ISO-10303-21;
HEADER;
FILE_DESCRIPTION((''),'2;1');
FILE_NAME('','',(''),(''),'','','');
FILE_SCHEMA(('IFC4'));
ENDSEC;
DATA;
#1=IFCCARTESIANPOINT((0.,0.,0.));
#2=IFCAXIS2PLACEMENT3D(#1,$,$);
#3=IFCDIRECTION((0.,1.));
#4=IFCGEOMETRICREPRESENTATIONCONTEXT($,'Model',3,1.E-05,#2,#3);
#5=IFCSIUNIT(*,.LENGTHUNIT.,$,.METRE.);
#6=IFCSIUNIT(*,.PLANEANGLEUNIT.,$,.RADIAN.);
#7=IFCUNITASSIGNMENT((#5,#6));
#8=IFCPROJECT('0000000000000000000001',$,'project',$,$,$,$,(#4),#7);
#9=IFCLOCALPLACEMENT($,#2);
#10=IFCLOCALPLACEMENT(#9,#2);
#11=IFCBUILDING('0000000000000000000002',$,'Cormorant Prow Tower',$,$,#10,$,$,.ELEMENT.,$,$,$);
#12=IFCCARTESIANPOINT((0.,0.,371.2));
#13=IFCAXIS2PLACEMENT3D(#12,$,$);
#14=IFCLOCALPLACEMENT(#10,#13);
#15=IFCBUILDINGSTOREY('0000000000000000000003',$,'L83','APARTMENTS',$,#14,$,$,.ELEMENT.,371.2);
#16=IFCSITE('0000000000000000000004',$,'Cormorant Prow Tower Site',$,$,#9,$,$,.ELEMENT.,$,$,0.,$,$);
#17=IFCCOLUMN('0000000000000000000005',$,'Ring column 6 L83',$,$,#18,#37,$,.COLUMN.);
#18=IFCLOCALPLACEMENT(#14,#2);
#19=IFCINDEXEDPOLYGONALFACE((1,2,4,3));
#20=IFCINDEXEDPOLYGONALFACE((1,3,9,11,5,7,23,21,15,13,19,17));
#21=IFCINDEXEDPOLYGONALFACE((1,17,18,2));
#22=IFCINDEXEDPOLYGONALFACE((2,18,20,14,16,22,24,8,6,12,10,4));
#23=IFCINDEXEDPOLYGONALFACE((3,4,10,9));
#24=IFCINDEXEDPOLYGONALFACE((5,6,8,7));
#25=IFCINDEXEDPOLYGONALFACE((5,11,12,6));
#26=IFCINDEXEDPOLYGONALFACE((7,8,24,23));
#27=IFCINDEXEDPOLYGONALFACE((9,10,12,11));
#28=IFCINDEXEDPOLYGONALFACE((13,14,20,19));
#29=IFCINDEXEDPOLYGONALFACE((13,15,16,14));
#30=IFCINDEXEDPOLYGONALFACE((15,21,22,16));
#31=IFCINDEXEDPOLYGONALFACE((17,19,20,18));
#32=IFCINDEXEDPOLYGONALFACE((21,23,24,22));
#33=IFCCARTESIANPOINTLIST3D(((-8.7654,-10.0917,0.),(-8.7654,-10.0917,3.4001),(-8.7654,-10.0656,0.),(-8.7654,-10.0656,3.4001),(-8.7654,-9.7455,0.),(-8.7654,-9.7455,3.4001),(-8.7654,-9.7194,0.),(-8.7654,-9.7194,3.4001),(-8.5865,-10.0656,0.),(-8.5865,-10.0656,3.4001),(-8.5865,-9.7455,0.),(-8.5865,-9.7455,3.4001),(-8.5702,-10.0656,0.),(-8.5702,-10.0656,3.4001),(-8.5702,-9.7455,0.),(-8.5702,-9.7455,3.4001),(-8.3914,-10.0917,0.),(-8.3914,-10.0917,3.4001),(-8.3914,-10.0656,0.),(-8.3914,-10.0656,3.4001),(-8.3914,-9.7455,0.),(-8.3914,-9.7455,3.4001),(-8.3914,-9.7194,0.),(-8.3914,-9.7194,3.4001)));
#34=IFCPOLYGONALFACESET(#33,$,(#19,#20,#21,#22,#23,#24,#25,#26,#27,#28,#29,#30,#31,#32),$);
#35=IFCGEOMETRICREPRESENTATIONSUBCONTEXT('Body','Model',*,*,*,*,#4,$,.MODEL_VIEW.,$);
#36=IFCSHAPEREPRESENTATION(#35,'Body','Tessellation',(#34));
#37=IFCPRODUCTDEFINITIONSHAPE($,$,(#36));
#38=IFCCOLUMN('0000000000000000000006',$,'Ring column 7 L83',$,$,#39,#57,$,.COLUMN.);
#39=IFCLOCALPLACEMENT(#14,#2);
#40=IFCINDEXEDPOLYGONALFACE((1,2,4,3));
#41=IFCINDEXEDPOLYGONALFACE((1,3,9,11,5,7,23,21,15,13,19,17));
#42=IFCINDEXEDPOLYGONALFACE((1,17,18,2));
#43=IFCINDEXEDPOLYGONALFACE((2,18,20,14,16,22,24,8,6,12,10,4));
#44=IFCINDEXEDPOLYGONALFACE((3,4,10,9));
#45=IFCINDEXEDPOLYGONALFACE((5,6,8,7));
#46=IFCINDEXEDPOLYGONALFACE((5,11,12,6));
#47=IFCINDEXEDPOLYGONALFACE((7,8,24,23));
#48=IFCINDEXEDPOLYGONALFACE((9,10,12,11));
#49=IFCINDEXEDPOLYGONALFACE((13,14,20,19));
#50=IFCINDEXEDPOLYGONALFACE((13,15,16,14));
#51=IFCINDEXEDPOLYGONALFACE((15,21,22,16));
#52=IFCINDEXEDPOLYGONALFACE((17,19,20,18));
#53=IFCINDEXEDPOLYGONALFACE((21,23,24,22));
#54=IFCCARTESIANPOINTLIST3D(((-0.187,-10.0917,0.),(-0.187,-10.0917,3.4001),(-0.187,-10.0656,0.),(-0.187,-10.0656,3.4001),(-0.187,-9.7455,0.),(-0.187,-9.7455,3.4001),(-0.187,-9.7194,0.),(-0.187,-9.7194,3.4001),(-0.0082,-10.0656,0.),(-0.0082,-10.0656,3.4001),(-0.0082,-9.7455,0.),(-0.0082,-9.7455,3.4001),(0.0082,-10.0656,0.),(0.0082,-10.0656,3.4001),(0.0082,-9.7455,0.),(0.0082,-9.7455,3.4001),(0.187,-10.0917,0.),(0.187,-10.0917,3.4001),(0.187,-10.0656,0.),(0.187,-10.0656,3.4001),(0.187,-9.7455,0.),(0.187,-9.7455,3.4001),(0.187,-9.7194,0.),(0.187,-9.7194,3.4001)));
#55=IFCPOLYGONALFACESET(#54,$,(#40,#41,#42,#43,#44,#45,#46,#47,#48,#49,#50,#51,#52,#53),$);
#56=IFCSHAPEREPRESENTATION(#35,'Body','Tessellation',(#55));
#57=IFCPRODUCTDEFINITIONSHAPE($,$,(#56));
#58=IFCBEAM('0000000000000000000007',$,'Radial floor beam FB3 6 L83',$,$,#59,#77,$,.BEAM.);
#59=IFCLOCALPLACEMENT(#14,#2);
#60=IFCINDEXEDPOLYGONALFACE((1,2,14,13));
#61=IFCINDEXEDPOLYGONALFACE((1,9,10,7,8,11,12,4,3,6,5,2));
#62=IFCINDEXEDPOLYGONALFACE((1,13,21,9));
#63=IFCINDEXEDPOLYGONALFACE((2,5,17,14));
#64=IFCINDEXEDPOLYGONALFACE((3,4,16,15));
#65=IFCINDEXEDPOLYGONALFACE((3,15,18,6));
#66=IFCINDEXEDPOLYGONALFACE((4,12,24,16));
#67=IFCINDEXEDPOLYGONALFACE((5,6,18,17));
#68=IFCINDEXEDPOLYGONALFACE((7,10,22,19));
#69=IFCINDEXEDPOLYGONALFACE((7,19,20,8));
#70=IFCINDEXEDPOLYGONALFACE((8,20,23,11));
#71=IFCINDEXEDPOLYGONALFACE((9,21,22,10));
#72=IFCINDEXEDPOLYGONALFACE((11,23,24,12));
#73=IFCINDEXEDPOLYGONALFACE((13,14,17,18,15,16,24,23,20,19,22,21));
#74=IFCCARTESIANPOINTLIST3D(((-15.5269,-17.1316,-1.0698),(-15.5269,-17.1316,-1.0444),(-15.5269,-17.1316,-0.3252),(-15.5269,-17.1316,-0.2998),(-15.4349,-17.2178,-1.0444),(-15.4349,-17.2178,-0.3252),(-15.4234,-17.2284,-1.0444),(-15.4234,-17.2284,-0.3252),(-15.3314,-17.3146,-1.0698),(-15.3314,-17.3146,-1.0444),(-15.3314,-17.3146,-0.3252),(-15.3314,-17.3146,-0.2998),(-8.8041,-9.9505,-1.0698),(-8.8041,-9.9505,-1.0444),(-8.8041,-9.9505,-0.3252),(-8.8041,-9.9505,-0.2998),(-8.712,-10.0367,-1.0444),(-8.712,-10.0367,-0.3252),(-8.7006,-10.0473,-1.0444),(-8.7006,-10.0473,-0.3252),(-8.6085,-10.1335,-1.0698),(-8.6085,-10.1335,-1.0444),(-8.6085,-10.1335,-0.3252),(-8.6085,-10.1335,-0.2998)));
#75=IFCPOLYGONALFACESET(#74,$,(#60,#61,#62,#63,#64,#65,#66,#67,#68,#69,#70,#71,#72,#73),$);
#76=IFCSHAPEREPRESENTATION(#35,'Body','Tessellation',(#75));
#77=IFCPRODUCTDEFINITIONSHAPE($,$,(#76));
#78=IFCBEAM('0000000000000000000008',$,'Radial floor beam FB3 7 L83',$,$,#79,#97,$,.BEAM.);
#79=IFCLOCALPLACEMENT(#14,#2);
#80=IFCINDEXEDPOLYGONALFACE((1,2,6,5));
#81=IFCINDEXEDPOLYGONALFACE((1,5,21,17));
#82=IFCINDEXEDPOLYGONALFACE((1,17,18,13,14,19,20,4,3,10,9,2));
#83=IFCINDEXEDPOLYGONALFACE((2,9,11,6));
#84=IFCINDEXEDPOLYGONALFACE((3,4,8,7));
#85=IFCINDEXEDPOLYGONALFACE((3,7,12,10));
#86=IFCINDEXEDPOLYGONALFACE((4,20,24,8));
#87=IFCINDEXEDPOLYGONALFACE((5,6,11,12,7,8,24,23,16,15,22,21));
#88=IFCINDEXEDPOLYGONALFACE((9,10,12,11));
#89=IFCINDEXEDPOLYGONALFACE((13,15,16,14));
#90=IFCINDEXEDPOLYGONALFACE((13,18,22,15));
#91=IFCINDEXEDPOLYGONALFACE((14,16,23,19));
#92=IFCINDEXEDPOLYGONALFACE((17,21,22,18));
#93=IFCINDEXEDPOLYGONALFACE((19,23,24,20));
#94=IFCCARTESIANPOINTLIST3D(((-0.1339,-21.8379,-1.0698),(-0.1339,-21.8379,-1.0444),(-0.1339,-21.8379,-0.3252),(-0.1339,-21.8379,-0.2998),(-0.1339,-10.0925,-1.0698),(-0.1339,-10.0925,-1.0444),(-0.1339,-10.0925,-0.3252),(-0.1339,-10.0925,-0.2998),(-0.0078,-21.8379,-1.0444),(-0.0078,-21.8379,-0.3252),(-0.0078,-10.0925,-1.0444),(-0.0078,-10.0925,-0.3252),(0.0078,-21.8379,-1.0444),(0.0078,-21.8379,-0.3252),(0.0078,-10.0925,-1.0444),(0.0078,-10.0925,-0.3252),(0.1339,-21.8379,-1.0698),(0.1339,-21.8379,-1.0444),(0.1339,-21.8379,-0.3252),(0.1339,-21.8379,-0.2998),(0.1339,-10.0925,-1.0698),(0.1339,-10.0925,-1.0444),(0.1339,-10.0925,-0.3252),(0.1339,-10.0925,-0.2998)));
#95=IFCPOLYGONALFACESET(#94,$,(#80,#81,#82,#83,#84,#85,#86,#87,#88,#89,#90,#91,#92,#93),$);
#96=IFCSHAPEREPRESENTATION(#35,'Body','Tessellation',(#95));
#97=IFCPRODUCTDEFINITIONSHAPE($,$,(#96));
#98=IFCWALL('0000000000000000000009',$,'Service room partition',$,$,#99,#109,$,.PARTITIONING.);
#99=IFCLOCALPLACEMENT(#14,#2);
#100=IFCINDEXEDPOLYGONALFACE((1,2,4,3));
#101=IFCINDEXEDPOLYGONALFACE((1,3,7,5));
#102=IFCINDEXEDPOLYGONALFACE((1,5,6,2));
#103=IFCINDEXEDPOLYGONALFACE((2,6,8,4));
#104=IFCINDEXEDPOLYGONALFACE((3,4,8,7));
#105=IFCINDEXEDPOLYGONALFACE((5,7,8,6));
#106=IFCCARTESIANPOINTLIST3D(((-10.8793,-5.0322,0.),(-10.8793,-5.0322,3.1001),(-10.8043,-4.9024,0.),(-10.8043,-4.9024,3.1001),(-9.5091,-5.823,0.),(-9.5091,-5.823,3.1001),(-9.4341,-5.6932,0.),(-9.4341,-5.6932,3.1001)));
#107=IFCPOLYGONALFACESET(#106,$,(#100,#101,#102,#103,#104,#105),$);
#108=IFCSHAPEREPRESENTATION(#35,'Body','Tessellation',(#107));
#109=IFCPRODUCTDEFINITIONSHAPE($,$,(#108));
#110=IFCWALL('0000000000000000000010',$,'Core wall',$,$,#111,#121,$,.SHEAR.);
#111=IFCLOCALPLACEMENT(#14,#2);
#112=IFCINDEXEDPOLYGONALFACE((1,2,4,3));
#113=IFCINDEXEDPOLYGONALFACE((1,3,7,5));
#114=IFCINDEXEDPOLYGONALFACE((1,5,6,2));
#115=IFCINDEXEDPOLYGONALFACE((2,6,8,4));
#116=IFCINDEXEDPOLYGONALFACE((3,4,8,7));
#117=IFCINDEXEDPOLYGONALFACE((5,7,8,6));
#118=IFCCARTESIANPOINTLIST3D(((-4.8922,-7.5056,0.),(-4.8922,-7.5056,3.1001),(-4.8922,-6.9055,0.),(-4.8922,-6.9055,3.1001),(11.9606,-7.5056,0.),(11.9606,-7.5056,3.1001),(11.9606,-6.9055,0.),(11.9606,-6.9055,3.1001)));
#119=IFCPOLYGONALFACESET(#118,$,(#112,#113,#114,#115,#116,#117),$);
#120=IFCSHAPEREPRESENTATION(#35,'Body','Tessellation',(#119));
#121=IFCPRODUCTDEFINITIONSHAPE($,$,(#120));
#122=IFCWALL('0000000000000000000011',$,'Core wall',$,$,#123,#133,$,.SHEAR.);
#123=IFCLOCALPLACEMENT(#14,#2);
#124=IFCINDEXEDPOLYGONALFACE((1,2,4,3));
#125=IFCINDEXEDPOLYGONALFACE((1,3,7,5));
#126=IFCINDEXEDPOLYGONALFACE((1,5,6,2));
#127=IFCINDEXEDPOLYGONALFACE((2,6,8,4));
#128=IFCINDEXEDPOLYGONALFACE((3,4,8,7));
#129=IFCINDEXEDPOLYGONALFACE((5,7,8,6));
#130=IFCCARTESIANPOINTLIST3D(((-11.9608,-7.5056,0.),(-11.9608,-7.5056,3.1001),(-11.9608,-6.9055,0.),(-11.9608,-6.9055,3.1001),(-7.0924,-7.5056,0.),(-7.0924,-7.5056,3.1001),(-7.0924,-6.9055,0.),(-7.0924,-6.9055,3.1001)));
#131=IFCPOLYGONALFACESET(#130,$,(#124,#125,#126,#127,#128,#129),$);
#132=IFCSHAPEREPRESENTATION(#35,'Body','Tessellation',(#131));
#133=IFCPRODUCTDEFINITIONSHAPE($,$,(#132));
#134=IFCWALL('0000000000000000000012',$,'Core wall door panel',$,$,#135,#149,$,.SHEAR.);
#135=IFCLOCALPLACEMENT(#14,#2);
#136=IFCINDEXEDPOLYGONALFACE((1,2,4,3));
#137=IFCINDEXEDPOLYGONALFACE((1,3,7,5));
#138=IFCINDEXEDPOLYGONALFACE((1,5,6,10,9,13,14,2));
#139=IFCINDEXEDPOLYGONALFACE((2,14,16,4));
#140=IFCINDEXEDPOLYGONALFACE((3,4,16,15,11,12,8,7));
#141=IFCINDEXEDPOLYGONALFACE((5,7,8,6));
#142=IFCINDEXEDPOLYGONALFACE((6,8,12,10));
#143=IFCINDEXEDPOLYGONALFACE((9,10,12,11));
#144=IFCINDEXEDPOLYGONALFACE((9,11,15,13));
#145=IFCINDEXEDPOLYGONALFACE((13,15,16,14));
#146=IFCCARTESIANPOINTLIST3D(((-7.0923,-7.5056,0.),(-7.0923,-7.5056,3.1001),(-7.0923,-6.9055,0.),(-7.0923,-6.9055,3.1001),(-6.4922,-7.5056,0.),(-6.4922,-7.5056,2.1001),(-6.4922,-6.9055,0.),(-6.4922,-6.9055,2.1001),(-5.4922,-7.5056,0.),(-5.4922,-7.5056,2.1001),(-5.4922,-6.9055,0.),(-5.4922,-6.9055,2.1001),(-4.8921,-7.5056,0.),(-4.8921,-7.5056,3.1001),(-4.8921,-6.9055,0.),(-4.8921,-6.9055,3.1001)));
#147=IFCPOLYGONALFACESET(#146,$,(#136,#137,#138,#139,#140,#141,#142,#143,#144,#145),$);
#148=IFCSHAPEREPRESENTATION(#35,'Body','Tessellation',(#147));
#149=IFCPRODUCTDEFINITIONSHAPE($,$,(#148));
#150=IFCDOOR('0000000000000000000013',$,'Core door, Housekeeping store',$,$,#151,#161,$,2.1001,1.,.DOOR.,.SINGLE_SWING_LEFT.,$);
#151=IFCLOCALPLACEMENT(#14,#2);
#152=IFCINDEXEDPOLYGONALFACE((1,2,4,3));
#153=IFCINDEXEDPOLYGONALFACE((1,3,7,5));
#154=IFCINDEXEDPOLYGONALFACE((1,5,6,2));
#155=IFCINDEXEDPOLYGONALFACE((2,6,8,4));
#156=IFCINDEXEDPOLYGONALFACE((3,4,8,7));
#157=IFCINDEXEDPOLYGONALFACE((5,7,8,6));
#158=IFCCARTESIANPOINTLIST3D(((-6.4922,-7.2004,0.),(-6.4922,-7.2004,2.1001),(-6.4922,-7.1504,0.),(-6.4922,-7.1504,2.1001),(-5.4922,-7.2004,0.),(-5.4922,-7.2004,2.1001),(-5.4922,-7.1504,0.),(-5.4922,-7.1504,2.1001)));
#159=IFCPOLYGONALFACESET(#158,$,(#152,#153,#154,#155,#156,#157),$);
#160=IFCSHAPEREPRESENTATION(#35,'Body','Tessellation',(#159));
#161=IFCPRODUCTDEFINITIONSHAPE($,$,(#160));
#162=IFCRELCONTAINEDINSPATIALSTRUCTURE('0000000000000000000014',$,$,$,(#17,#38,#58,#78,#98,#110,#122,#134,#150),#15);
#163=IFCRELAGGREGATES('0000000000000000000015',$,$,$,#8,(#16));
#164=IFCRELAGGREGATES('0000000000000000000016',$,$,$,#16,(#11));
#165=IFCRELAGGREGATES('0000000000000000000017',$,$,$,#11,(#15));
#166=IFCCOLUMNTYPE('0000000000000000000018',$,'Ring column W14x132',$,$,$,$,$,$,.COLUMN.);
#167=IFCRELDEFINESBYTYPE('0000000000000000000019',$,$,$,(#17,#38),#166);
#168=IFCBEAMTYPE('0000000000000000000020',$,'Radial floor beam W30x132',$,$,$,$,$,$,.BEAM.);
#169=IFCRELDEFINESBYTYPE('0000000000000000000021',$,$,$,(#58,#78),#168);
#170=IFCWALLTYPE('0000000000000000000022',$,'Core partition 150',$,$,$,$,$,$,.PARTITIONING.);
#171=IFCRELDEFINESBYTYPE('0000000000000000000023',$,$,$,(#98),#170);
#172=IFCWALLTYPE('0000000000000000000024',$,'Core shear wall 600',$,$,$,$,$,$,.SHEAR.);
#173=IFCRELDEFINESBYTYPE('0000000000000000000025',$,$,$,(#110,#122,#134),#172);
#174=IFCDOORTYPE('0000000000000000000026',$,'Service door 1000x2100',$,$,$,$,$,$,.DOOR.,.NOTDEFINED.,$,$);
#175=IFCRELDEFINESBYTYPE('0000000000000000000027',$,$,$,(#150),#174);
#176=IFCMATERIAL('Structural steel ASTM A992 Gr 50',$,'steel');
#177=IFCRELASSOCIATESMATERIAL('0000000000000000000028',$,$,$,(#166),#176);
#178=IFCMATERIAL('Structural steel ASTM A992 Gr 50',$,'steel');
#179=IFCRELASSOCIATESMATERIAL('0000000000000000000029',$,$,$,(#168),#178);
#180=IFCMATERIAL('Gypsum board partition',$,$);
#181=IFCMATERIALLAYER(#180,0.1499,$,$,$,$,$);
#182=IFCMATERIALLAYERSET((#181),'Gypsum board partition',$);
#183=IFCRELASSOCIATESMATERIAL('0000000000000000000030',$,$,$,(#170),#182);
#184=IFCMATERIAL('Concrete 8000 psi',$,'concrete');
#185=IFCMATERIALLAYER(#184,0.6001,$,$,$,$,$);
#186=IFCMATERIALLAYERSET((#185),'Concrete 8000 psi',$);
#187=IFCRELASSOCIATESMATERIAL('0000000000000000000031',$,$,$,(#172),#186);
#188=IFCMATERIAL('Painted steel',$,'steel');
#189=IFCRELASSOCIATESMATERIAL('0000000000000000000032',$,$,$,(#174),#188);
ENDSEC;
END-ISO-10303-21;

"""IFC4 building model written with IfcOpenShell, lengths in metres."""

from ifc_helpers import new_model, si_unit, direction, frame, frame_2d, origin, origin_2d, place, context, subcontext, project, spatial, rectangle, i_section, extrude, material, layer, layer_set, material_profile, profile_set, type_object, element, fill, save


model = new_model("IFC4")

# Units and contexts
model_context = context("Model", 3, precision=1e-05, world=origin(), true_north=direction((0.0, 1.0)))
body_context = subcontext(model_context, "Body", "Model", "MODEL_VIEW")
ifc_project = project(units=[si_unit("LENGTHUNIT", "METRE"), si_unit("PLANEANGLEUNIT", "RADIAN")], contexts=[model_context])

# Site, building, storey
site_placement = place(None, origin())
site = spatial("IfcSite", under=ifc_project, at=site_placement, Name="Cormorant Prow Tower Site", CompositionType="ELEMENT", RefElevation=0.0)
building_placement = place(site_placement, origin())
building = spatial("IfcBuilding", under=site, at=building_placement, Name="Cormorant Prow Tower", CompositionType="ELEMENT")
storey_placement = place(building_placement, frame((0.0, 0.0, 371.2)))
storey = spatial("IfcBuildingStorey", under=building, at=storey_placement, Name="L83", Description="APARTMENTS", CompositionType="ELEMENT", Elevation=371.2)

# Columns
ifc_material_1 = material(Name="Structural steel ASTM A992 Gr 50", Category="steel")
ifc_material_profile_1 = material_profile(ifc_material_1, i_section(OverallWidth=0.374, OverallDepth=0.3723, WebThickness=0.0164, FlangeThickness=0.0261, at=origin_2d()), Name="W14x132")
ifc_profile_set_1 = profile_set([ifc_material_profile_1], Name="Structural steel ASTM A992 Gr 50")
column_type = type_object("IfcColumnType", Name="Ring column W14x132", PredefinedType="COLUMN", material=ifc_profile_set_1)
for number, where, z_axis, x_axis, name in (
    (1, (-8.5784, -9.9055, 0.0), (0.0, 0.0, 1.0), (1.0, 0.0, 0.0), "Ring column 6 L83"),
    (2, (0.0, -9.9055, 0.0), (0.0, 0.0, 1.0), (1.0, 0.0, 0.0), "Ring column 7 L83"),
):
    element("IfcColumn", number, at=place(storey_placement, frame(where, z_axis=z_axis, x_axis=x_axis)), inside=storey, type_object=column_type, Name=name, PredefinedType="COLUMN", context=body_context, shape_type="SweptSolid", body=[
        extrude(i_section(OverallWidth=0.374, OverallDepth=0.3723, WebThickness=0.0164, FlangeThickness=0.0261, at=origin_2d()), origin(), (0.0, 0.0, 1.0), 3.4001),
    ])

# Beams
ifc_material_2 = material(Name="Structural steel ASTM A992 Gr 50", Category="steel")
ifc_material_profile_2 = material_profile(ifc_material_2, i_section(OverallWidth=0.2678, OverallDepth=0.77, WebThickness=0.0156, FlangeThickness=0.0254, at=origin_2d()), Name="W30x132")
ifc_profile_set_2 = profile_set([ifc_material_profile_2], Name="Structural steel ASTM A992 Gr 50")
beam_type = type_object("IfcBeamType", Name="Radial floor beam W30x132", PredefinedType="BEAM", material=ifc_profile_set_2)
beam_1_placement = place(storey_placement, frame((-8.7063, -10.042, -0.6848), z_axis=(-0.683431, -0.730015, 0.0), x_axis=(0.730015, -0.683431, 0.0)))
element("IfcBeam", 3, at=beam_1_placement, inside=storey, type_object=beam_type, Name="Radial floor beam FB3 6 L83", PredefinedType="BEAM", context=body_context, shape_type="SweptSolid", body=[
    extrude(i_section(OverallWidth=0.2678, OverallDepth=0.77, WebThickness=0.0156, FlangeThickness=0.0254, at=origin_2d()), origin(), (0.0, 0.0, 1.0), 9.8369),
])
beam_2_placement = place(storey_placement, frame((0.0, -10.0925, -0.6848), z_axis=(0.0, -1.0, 0.0), x_axis=(1.0, 0.0, 0.0)))
element("IfcBeam", 4, at=beam_2_placement, inside=storey, type_object=beam_type, Name="Radial floor beam FB3 7 L83", PredefinedType="BEAM", context=body_context, shape_type="SweptSolid", body=[
    extrude(i_section(OverallWidth=0.2678, OverallDepth=0.77, WebThickness=0.0156, FlangeThickness=0.0254, at=origin_2d()), origin(), (0.0, 0.0, 1.0), 11.7454),
])

# Walls
ifc_material_3 = material(Name="Gypsum board partition")
ifc_layer_1 = layer(ifc_material_3, 0.1499)
ifc_layer_set_1 = layer_set([ifc_layer_1], Name="Gypsum board partition")
wall_type_1 = type_object("IfcWallType", Name="Core partition 150", PredefinedType="PARTITIONING", material=ifc_layer_set_1)
wall_1_placement = place(storey_placement, frame((-10.8418, -4.9673, 0.0), z_axis=(0.0, 0.0, 1.0), x_axis=(0.866098, -0.499874, 0.0)))
element("IfcWall", 5, at=wall_1_placement, inside=storey, type_object=wall_type_1, Name="Service room partition", PredefinedType="PARTITIONING", context=body_context, shape_type="SweptSolid", body=[
    extrude(rectangle(XDim=1.582, YDim=0.1499, at=frame_2d((0.791, 0.0))), origin(), (0.0, 0.0, 1.0), 3.1001),
])
ifc_material_4 = material(Name="Concrete 8000 psi", Category="concrete")
ifc_layer_2 = layer(ifc_material_4, 0.6001)
ifc_layer_set_2 = layer_set([ifc_layer_2], Name="Concrete 8000 psi")
wall_type_2 = type_object("IfcWallType", Name="Core shear wall 600", PredefinedType="SHEAR", material=ifc_layer_set_2)
wall_2_placement = place(storey_placement, frame((-4.8921, -7.2056, 0.0), z_axis=(0.0, 0.0, 1.0), x_axis=(1.0, 0.0, 0.0)))
element("IfcWall", 6, at=wall_2_placement, inside=storey, type_object=wall_type_2, Name="Core wall", PredefinedType="SHEAR", context=body_context, shape_type="SweptSolid", body=[
    extrude(rectangle(XDim=16.8528, YDim=0.6001, at=frame_2d((8.4263, 0.0))), origin(), (0.0, 0.0, 1.0), 3.1001),
])
wall_3_placement = place(storey_placement, frame((-11.9607, -7.2056, 0.0), z_axis=(0.0, 0.0, 1.0), x_axis=(1.0, 0.0, 0.0)))
element("IfcWall", 7, at=wall_3_placement, inside=storey, type_object=wall_type_2, Name="Core wall", PredefinedType="SHEAR", context=body_context, shape_type="SweptSolid", body=[
    extrude(rectangle(XDim=4.8684, YDim=0.6001, at=frame_2d((2.4341, 0.0))), origin(), (0.0, 0.0, 1.0), 3.1001),
])

# Wall, opening, door
wall_4_placement = place(storey_placement, frame((-7.0923, -7.2056, 0.0), z_axis=(0.0, 0.0, 1.0), x_axis=(1.0, 0.0, 0.0)))
wall_4 = element("IfcWall", 8, at=wall_4_placement, inside=storey, type_object=wall_type_2, Name="Core wall door panel", PredefinedType="SHEAR", context=body_context, shape_type="SweptSolid", body=[
    extrude(rectangle(XDim=2.2002, YDim=0.6001, at=frame_2d((1.1001, 0.0))), origin(), (0.0, 0.0, 1.0), 3.1001),
])
opening_1_placement = place(wall_4_placement, frame((0.6001, 0.0, 0.0)))
opening_1 = element("IfcOpeningElement", 9, at=opening_1_placement, cuts=wall_4, PredefinedType="OPENING", context=body_context, shape_type="SweptSolid", body=[
    extrude(rectangle(XDim=1.0, YDim=2.1001, at=frame_2d((0.5, 1.05))), frame((0.0, 0.3101, 0.0), z_axis=(0.0, -1.0, 0.0), x_axis=(1.0, 0.0, 0.0)), (0.0, 0.0, 1.0), 0.6201),
])
ifc_material_5 = material(Name="Painted steel", Category="steel")
door_type_1 = type_object("IfcDoorType", Name="Service door 1000x2100", OperationType="NOTDEFINED", PredefinedType="DOOR", material=ifc_material_5)
door_1_placement = place(opening_1_placement, origin())
door_1 = element("IfcDoor", 10, at=door_1_placement, inside=storey, type_object=door_type_1, Name="Core door, Housekeeping store", OperationType="SINGLE_SWING_LEFT", OverallHeight=2.1001, OverallWidth=1.0, PredefinedType="DOOR", context=body_context, shape_type="SweptSolid", body=[
    extrude(rectangle(XDim=1.0, YDim=2.1001, at=frame_2d((0.5, 1.05))), frame((0.0, 0.0552, 0.0), z_axis=(0.0, -1.0, 0.0), x_axis=(1.0, 0.0, 0.0)), (0.0, 0.0, 1.0), 0.05),
])
fill(opening_1, door_1)

save(model, "model.ifc")
